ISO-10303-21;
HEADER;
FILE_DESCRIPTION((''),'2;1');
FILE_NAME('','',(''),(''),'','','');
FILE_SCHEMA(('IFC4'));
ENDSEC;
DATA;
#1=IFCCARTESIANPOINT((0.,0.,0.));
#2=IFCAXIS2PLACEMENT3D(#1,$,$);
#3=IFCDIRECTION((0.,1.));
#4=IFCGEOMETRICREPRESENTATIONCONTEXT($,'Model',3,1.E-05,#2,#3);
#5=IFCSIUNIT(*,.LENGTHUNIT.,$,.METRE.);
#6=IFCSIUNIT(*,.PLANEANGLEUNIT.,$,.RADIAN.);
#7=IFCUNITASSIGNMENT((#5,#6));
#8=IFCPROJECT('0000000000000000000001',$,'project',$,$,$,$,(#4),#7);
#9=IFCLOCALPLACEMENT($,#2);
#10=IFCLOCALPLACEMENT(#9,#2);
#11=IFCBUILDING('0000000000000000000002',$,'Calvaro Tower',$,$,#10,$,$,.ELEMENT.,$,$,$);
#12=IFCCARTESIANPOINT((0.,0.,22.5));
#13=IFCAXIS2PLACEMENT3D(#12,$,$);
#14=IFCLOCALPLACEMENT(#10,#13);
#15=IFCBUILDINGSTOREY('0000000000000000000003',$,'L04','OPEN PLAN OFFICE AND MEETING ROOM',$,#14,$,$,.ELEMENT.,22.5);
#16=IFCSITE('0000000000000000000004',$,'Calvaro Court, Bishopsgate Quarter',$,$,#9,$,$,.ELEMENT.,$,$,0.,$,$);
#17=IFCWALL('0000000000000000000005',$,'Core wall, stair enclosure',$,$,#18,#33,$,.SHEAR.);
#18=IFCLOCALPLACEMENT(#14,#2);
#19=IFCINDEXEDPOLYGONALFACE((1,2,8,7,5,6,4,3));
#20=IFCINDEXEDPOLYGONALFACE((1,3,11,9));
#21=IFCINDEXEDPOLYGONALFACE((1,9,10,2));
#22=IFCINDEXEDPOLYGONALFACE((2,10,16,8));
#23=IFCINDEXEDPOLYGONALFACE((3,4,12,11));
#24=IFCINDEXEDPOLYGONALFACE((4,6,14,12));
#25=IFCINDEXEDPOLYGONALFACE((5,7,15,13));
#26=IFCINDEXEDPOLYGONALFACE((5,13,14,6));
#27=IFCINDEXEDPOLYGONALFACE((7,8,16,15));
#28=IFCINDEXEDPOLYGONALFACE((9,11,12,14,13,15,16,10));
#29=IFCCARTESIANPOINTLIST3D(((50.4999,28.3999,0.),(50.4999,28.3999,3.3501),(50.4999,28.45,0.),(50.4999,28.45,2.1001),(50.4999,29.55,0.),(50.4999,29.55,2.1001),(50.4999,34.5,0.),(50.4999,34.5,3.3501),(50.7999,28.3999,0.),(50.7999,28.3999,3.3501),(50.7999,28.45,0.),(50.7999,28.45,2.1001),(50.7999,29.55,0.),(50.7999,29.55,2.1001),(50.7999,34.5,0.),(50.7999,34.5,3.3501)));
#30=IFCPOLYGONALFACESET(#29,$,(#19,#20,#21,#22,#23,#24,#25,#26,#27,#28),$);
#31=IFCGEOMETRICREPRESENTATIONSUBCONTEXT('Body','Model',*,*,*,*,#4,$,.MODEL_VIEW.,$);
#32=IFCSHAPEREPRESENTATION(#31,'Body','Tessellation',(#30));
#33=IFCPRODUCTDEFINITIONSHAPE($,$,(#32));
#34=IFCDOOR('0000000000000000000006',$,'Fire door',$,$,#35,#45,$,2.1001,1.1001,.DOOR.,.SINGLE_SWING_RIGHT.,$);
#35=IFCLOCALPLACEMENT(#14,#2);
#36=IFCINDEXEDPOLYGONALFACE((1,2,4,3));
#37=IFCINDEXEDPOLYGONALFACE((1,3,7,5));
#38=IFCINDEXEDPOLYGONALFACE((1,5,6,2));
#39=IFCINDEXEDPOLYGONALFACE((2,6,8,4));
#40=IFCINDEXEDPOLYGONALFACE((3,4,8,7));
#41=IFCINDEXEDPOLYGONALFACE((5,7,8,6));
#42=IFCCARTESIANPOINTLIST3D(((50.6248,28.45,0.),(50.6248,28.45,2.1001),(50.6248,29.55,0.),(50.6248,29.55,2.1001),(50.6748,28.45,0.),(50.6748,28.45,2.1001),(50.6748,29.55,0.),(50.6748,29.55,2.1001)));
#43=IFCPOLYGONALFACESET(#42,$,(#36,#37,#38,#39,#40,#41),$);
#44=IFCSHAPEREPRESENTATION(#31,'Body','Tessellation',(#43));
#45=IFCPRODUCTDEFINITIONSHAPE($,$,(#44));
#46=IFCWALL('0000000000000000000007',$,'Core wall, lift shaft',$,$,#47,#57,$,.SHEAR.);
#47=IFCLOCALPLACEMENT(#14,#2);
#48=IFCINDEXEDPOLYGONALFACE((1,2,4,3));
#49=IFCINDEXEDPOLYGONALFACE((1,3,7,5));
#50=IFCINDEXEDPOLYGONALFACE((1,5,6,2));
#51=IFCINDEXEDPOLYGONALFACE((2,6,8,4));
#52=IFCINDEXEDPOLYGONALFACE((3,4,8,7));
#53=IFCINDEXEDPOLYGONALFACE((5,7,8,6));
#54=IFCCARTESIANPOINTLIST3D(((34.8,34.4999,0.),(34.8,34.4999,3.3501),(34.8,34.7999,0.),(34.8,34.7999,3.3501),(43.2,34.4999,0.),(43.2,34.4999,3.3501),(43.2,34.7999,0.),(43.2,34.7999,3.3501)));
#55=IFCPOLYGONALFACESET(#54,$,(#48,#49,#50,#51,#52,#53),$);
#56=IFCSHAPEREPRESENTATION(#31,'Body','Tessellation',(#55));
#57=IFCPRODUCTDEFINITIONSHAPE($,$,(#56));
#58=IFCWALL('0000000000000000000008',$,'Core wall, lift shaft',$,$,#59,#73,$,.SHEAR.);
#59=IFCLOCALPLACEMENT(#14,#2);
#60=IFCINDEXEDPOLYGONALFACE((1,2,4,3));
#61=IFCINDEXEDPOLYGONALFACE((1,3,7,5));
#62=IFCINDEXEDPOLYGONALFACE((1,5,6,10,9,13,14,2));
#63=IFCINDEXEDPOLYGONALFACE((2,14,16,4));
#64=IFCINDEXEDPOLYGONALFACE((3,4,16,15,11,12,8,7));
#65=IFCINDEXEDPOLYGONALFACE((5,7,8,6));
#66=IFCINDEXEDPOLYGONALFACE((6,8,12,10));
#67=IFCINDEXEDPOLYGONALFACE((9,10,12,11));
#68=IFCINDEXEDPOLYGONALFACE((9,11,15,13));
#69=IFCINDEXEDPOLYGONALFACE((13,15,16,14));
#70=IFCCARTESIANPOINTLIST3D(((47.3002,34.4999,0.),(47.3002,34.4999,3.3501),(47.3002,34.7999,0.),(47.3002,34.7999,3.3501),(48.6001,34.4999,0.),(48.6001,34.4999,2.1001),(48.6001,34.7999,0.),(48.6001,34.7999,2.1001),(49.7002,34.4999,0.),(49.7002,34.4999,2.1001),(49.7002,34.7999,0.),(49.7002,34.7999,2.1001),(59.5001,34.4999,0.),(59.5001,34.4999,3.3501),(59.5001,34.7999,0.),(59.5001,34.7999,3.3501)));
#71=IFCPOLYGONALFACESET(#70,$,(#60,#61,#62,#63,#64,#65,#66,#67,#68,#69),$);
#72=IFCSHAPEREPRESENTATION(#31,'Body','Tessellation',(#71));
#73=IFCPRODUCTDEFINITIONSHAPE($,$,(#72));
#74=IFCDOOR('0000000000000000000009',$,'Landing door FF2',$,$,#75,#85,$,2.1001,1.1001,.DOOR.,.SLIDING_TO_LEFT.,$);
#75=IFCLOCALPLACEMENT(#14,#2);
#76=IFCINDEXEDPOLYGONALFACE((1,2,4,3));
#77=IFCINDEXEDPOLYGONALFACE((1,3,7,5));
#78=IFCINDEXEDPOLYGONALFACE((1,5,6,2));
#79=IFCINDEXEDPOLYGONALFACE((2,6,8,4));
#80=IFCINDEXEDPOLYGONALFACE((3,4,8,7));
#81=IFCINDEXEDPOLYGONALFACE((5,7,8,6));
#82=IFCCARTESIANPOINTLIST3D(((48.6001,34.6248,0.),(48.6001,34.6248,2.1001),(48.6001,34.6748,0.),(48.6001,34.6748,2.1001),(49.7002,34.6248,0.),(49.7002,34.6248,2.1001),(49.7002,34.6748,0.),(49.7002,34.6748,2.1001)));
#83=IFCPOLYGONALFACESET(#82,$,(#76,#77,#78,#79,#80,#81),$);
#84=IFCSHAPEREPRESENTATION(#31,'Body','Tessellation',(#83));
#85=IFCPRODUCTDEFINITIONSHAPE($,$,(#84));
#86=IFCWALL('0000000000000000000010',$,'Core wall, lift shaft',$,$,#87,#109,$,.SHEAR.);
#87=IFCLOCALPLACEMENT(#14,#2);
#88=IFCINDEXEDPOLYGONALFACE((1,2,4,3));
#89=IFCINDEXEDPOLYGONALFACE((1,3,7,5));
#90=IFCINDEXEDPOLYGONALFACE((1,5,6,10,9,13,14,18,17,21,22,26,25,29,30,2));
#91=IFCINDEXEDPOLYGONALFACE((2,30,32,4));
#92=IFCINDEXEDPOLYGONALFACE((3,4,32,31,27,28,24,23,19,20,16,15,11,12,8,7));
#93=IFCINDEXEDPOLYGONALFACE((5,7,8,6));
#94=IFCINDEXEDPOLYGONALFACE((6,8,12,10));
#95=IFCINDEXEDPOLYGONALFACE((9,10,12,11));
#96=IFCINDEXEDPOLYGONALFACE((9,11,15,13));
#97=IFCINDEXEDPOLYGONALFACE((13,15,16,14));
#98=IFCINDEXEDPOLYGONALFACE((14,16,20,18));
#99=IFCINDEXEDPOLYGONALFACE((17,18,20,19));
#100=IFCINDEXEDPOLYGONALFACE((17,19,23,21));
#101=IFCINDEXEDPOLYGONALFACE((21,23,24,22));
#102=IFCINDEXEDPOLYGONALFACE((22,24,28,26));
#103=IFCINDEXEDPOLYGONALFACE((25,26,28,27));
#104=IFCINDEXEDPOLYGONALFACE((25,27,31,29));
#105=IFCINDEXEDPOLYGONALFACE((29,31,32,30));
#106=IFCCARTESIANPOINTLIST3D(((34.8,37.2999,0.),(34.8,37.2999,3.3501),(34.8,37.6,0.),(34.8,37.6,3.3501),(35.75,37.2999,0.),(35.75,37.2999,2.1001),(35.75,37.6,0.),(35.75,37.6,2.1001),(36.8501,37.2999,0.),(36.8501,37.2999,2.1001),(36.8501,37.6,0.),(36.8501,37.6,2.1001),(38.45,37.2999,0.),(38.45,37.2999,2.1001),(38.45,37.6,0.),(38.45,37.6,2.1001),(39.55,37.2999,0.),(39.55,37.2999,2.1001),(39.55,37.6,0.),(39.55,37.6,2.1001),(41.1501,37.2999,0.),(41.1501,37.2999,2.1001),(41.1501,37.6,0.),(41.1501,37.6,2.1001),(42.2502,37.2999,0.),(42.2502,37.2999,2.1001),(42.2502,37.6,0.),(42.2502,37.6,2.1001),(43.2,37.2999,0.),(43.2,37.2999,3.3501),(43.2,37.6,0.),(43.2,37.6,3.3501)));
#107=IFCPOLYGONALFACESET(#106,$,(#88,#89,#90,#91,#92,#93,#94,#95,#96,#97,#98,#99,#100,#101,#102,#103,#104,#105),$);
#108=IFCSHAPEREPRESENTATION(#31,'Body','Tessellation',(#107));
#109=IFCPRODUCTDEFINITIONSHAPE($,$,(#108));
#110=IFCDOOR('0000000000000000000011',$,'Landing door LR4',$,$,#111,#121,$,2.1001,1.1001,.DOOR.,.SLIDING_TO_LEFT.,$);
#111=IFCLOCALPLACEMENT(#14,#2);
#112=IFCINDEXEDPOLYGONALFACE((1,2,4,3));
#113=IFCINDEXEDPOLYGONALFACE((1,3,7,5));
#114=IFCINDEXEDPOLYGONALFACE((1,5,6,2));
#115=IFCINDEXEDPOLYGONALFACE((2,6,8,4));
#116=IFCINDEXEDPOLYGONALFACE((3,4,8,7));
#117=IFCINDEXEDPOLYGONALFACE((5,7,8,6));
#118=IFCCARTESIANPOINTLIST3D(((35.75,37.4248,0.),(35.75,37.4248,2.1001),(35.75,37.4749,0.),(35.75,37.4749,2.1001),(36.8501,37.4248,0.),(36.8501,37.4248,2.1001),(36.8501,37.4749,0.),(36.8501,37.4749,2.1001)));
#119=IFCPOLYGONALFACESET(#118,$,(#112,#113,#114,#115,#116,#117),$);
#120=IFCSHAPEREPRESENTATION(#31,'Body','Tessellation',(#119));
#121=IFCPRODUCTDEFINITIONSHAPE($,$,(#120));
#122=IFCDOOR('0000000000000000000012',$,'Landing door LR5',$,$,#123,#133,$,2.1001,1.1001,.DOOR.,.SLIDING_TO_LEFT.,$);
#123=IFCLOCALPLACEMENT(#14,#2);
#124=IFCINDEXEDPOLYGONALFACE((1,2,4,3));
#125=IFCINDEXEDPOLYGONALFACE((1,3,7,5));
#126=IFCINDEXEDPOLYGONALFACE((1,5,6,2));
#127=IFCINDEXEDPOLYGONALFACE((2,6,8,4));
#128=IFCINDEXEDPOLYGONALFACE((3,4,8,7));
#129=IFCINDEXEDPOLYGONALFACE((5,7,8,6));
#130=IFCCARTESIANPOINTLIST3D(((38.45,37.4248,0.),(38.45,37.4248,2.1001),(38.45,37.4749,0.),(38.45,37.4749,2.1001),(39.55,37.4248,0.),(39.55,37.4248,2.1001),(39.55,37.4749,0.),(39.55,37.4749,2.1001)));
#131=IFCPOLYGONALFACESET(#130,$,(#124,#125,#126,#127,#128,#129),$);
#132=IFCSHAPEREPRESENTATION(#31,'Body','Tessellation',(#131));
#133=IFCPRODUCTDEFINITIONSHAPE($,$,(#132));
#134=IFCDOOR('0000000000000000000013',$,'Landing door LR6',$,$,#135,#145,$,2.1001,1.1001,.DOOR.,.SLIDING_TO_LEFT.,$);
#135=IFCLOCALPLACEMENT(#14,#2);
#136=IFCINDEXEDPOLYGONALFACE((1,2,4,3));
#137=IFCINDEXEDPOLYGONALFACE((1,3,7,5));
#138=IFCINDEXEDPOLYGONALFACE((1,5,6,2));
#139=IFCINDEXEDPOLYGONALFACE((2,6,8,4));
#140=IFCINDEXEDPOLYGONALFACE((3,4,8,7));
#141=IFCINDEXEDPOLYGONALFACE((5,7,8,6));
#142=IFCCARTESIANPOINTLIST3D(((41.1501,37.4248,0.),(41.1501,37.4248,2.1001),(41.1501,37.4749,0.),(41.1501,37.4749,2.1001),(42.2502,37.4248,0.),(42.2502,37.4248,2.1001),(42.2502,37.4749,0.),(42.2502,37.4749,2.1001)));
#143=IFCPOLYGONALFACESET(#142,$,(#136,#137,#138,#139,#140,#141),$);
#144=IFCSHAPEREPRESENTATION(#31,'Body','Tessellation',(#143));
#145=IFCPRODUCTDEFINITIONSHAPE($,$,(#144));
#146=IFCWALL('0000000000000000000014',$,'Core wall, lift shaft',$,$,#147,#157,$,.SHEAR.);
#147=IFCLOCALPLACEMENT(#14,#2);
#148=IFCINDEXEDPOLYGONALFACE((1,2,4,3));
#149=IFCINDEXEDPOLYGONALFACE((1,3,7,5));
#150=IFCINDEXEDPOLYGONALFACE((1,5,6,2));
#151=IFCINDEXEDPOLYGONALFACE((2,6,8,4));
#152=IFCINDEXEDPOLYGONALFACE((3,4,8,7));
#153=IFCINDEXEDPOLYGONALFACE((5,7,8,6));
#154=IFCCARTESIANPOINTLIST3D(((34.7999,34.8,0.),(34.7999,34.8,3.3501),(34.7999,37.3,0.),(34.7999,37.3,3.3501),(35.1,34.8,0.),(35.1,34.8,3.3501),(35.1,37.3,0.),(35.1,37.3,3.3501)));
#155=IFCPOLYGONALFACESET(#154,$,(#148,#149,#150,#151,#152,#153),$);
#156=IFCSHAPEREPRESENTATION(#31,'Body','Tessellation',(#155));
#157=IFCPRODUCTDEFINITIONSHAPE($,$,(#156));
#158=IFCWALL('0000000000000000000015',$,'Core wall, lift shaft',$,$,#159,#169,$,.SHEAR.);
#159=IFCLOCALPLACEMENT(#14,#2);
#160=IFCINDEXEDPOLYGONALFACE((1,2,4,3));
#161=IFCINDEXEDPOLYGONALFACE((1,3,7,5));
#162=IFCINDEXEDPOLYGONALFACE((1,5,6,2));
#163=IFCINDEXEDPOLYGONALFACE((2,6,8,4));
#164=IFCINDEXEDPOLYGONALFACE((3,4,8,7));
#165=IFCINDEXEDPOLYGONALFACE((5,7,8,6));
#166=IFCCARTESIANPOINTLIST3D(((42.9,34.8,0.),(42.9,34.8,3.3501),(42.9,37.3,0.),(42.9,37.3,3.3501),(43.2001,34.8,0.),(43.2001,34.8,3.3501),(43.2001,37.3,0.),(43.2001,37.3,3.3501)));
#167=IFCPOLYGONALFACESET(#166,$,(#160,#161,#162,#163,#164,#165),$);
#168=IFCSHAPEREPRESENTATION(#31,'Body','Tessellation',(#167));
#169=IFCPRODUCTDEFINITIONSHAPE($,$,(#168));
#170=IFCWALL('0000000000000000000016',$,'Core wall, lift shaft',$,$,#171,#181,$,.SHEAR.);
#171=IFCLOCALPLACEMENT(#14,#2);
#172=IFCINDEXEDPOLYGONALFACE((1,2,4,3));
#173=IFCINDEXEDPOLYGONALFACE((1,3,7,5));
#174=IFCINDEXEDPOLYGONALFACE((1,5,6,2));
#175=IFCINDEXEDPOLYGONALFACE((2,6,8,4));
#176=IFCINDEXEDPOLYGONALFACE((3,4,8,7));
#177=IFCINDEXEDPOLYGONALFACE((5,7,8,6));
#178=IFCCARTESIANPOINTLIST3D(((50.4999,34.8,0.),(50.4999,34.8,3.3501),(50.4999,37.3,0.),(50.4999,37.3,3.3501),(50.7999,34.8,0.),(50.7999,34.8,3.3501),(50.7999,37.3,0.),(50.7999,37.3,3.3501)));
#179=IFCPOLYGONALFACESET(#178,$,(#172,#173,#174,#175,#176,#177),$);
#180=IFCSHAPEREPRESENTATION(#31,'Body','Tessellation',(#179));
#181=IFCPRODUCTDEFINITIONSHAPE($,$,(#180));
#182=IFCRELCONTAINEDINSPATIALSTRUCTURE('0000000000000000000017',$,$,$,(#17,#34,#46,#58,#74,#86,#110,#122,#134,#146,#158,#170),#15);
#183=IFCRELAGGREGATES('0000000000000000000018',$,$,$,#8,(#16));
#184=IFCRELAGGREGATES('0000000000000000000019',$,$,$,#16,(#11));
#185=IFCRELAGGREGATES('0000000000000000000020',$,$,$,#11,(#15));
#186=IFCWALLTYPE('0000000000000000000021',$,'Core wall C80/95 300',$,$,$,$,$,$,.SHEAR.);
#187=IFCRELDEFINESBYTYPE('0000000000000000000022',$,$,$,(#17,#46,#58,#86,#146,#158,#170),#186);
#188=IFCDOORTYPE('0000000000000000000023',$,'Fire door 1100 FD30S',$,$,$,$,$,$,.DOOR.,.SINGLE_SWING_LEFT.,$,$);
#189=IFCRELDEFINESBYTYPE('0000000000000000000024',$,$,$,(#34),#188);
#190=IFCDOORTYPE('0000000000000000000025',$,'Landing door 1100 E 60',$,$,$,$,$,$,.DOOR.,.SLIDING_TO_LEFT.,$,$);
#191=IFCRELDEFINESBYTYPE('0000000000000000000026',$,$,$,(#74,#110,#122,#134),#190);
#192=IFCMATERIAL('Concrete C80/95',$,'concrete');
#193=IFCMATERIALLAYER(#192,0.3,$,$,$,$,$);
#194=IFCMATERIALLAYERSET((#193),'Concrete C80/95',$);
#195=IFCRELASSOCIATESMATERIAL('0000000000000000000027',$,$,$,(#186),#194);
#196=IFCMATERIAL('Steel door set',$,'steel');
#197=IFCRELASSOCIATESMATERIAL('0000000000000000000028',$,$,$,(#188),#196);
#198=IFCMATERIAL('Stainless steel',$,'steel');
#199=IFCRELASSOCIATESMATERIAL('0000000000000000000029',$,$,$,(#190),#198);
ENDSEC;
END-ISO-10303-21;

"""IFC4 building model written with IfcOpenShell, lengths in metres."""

from ifc_helpers import new_model, si_unit, direction, frame, frame_2d, origin, place, context, subcontext, project, spatial, rectangle, extrude, material, layer, layer_set, type_object, element, fill, save


model = new_model("IFC4")

# Units and contexts
model_context = context("Model", 3, precision=1e-05, world=origin(), true_north=direction((0.0, 1.0)))
body_context = subcontext(model_context, "Body", "Model", "MODEL_VIEW")
ifc_project = project(units=[si_unit("LENGTHUNIT", "METRE"), si_unit("PLANEANGLEUNIT", "RADIAN")], contexts=[model_context])

# Site, building, storey
site_placement = place(None, origin())
site = spatial("IfcSite", under=ifc_project, at=site_placement, Name="Calvaro Court, Bishopsgate Quarter", CompositionType="ELEMENT", RefElevation=0.0)
building_placement = place(site_placement, origin())
building = spatial("IfcBuilding", under=site, at=building_placement, Name="Calvaro Tower", CompositionType="ELEMENT")
storey_placement = place(building_placement, frame((0.0, 0.0, 22.5)))
storey = spatial("IfcBuildingStorey", under=building, at=storey_placement, Name="L04", Description="OPEN PLAN OFFICE AND MEETING ROOM", CompositionType="ELEMENT", Elevation=22.5)

# Wall, opening, door
ifc_material_1 = material(Name="Concrete C80/95", Category="concrete")
ifc_layer_1 = layer(ifc_material_1, 0.3)
ifc_layer_set_1 = layer_set([ifc_layer_1], Name="Concrete C80/95")
wall_type_1 = type_object("IfcWallType", Name="Core wall C80/95 300", PredefinedType="SHEAR", material=ifc_layer_set_1)
wall_1_placement = place(storey_placement, frame((50.6499, 34.5, 0.0), z_axis=(0.0, 0.0, 1.0), x_axis=(0.0, -1.0, 0.0)))
wall_1 = element("IfcWall", 1, at=wall_1_placement, inside=storey, type_object=wall_type_1, Name="Core wall, stair enclosure", PredefinedType="SHEAR", context=body_context, shape_type="SweptSolid", body=[
    extrude(rectangle(XDim=6.1001, YDim=0.3, at=frame_2d((3.05, 0.0))), origin(), (0.0, 0.0, 1.0), 3.3501),
])
opening_1_placement = place(wall_1_placement, frame((4.95, 0.0, 0.0)))
opening_1 = element("IfcOpeningElement", 2, at=opening_1_placement, cuts=wall_1, PredefinedType="OPENING", context=body_context, shape_type="SweptSolid", body=[
    extrude(rectangle(XDim=1.1001, YDim=2.1001, at=frame_2d((0.55, 1.05))), frame((0.0, 0.1599, 0.0), z_axis=(0.0, -1.0, 0.0), x_axis=(1.0, 0.0, 0.0)), (0.0, 0.0, 1.0), 0.3201),
])
ifc_material_2 = material(Name="Steel door set", Category="steel")
door_type_1 = type_object("IfcDoorType", Name="Fire door 1100 FD30S", OperationType="SINGLE_SWING_LEFT", PredefinedType="DOOR", material=ifc_material_2)
door_1_placement = place(opening_1_placement, origin())
door_1 = element("IfcDoor", 3, at=door_1_placement, inside=storey, type_object=door_type_1, Name="Fire door", OperationType="SINGLE_SWING_RIGHT", OverallHeight=2.1001, OverallWidth=1.1001, PredefinedType="DOOR", context=body_context, shape_type="SweptSolid", body=[
    extrude(rectangle(XDim=1.1001, YDim=2.1001, at=frame_2d((0.55, 1.05))), frame((0.0, 0.0249, 0.0), z_axis=(0.0, -1.0, 0.0), x_axis=(1.0, 0.0, 0.0)), (0.0, 0.0, 1.0), 0.05),
])
fill(opening_1, door_1)

# Wall
wall_2_placement = place(storey_placement, frame((34.8, 34.6499, 0.0), z_axis=(0.0, 0.0, 1.0), x_axis=(1.0, 0.0, 0.0)))
element("IfcWall", 4, at=wall_2_placement, inside=storey, type_object=wall_type_1, Name="Core wall, lift shaft", PredefinedType="SHEAR", context=body_context, shape_type="SweptSolid", body=[
    extrude(rectangle(XDim=8.3999, YDim=0.3, at=frame_2d((4.2, 0.0))), origin(), (0.0, 0.0, 1.0), 3.3501),
])

# Wall, opening, door
wall_3_placement = place(storey_placement, frame((47.3, 34.6499, 0.0), z_axis=(0.0, 0.0, 1.0), x_axis=(1.0, 0.0, 0.0)))
wall_3 = element("IfcWall", 5, at=wall_3_placement, inside=storey, type_object=wall_type_1, Name="Core wall, lift shaft", PredefinedType="SHEAR", context=body_context, shape_type="SweptSolid", body=[
    extrude(rectangle(XDim=12.2, YDim=0.3, at=frame_2d((6.1001, 0.0))), origin(), (0.0, 0.0, 1.0), 3.3501),
])
opening_2_placement = place(wall_3_placement, frame((1.3, 0.0, 0.0)))
opening_2 = element("IfcOpeningElement", 6, at=opening_2_placement, cuts=wall_3, PredefinedType="OPENING", context=body_context, shape_type="SweptSolid", body=[
    extrude(rectangle(XDim=1.1001, YDim=2.1001, at=frame_2d((0.55, 1.05))), frame((0.0, 0.1599, 0.0), z_axis=(0.0, -1.0, 0.0), x_axis=(1.0, 0.0, 0.0)), (0.0, 0.0, 1.0), 0.3201),
])
ifc_material_3 = material(Name="Stainless steel", Category="steel")
door_type_2 = type_object("IfcDoorType", Name="Landing door 1100 E 60", OperationType="SLIDING_TO_LEFT", PredefinedType="DOOR", material=ifc_material_3)
door_2_placement = place(opening_2_placement, origin())
door_2 = element("IfcDoor", 7, at=door_2_placement, inside=storey, type_object=door_type_2, Name="Landing door FF2", OperationType="SLIDING_TO_LEFT", OverallHeight=2.1001, OverallWidth=1.1001, PredefinedType="DOOR", context=body_context, shape_type="SweptSolid", body=[
    extrude(rectangle(XDim=1.1001, YDim=2.1001, at=frame_2d((0.55, 1.05))), frame((0.0, 0.0249, 0.0), z_axis=(0.0, -1.0, 0.0), x_axis=(1.0, 0.0, 0.0)), (0.0, 0.0, 1.0), 0.05),
])
fill(opening_2, door_2)

# Wall, openings, doors
wall_4_placement = place(storey_placement, frame((34.8, 37.45, 0.0), z_axis=(0.0, 0.0, 1.0), x_axis=(1.0, 0.0, 0.0)))
wall_4 = element("IfcWall", 8, at=wall_4_placement, inside=storey, type_object=wall_type_1, Name="Core wall, lift shaft", PredefinedType="SHEAR", context=body_context, shape_type="SweptSolid", body=[
    extrude(rectangle(XDim=8.3999, YDim=0.3, at=frame_2d((4.2, 0.0))), origin(), (0.0, 0.0, 1.0), 3.3501),
])
opening_3_placement = place(wall_4_placement, frame((0.95, 0.0, 0.0)))
opening_3 = element("IfcOpeningElement", 9, at=opening_3_placement, cuts=wall_4, PredefinedType="OPENING", context=body_context, shape_type="SweptSolid", body=[
    extrude(rectangle(XDim=1.1001, YDim=2.1001, at=frame_2d((0.55, 1.05))), frame((0.0, 0.1599, 0.0), z_axis=(0.0, -1.0, 0.0), x_axis=(1.0, 0.0, 0.0)), (0.0, 0.0, 1.0), 0.3201),
])
opening_4_placement = place(wall_4_placement, frame((3.6499, 0.0, 0.0)))
opening_4 = element("IfcOpeningElement", 10, at=opening_4_placement, cuts=wall_4, PredefinedType="OPENING", context=body_context, shape_type="SweptSolid", body=[
    extrude(rectangle(XDim=1.1001, YDim=2.1001, at=frame_2d((0.55, 1.05))), frame((0.0, 0.1599, 0.0), z_axis=(0.0, -1.0, 0.0), x_axis=(1.0, 0.0, 0.0)), (0.0, 0.0, 1.0), 0.3201),
])
opening_5_placement = place(wall_4_placement, frame((6.3501, 0.0, 0.0)))
opening_5 = element("IfcOpeningElement", 11, at=opening_5_placement, cuts=wall_4, PredefinedType="OPENING", context=body_context, shape_type="SweptSolid", body=[
    extrude(rectangle(XDim=1.1001, YDim=2.1001, at=frame_2d((0.55, 1.05))), frame((0.0, 0.1599, 0.0), z_axis=(0.0, -1.0, 0.0), x_axis=(1.0, 0.0, 0.0)), (0.0, 0.0, 1.0), 0.3201),
])
door_3_placement = place(opening_3_placement, origin())
door_3 = element("IfcDoor", 12, at=door_3_placement, inside=storey, type_object=door_type_2, Name="Landing door LR4", OperationType="SLIDING_TO_LEFT", OverallHeight=2.1001, OverallWidth=1.1001, PredefinedType="DOOR", context=body_context, shape_type="SweptSolid", body=[
    extrude(rectangle(XDim=1.1001, YDim=2.1001, at=frame_2d((0.55, 1.05))), frame((0.0, 0.0249, 0.0), z_axis=(0.0, -1.0, 0.0), x_axis=(1.0, 0.0, 0.0)), (0.0, 0.0, 1.0), 0.05),
])
fill(opening_3, door_3)
door_4_placement = place(opening_4_placement, origin())
door_4 = element("IfcDoor", 13, at=door_4_placement, inside=storey, type_object=door_type_2, Name="Landing door LR5", OperationType="SLIDING_TO_LEFT", OverallHeight=2.1001, OverallWidth=1.1001, PredefinedType="DOOR", context=body_context, shape_type="SweptSolid", body=[
    extrude(rectangle(XDim=1.1001, YDim=2.1001, at=frame_2d((0.55, 1.05))), frame((0.0, 0.0249, 0.0), z_axis=(0.0, -1.0, 0.0), x_axis=(1.0, 0.0, 0.0)), (0.0, 0.0, 1.0), 0.05),
])
fill(opening_4, door_4)
door_5_placement = place(opening_5_placement, origin())
door_5 = element("IfcDoor", 14, at=door_5_placement, inside=storey, type_object=door_type_2, Name="Landing door LR6", OperationType="SLIDING_TO_LEFT", OverallHeight=2.1001, OverallWidth=1.1001, PredefinedType="DOOR", context=body_context, shape_type="SweptSolid", body=[
    extrude(rectangle(XDim=1.1001, YDim=2.1001, at=frame_2d((0.55, 1.05))), frame((0.0, 0.0249, 0.0), z_axis=(0.0, -1.0, 0.0), x_axis=(1.0, 0.0, 0.0)), (0.0, 0.0, 1.0), 0.05),
])
fill(opening_5, door_5)

# Walls
for number, where, z_axis, x_axis, name in (
    (15, (34.95, 34.8, 0.0), (0.0, 0.0, 1.0), (0.0, 1.0, 0.0), "Core wall, lift shaft"),
    (16, (43.05, 34.8, 0.0), (0.0, 0.0, 1.0), (0.0, 1.0, 0.0), "Core wall, lift shaft"),
    (17, (50.6499, 34.8, 0.0), (0.0, 0.0, 1.0), (0.0, 1.0, 0.0), "Core wall, lift shaft"),
):
    element("IfcWall", number, at=place(storey_placement, frame(where, z_axis=z_axis, x_axis=x_axis)), inside=storey, type_object=wall_type_1, Name=name, PredefinedType="SHEAR", context=body_context, shape_type="SweptSolid", body=[
        extrude(rectangle(XDim=2.5, YDim=0.3, at=frame_2d((1.25, 0.0))), origin(), (0.0, 0.0, 1.0), 3.3501),
    ])

save(model, "model.ifc")
